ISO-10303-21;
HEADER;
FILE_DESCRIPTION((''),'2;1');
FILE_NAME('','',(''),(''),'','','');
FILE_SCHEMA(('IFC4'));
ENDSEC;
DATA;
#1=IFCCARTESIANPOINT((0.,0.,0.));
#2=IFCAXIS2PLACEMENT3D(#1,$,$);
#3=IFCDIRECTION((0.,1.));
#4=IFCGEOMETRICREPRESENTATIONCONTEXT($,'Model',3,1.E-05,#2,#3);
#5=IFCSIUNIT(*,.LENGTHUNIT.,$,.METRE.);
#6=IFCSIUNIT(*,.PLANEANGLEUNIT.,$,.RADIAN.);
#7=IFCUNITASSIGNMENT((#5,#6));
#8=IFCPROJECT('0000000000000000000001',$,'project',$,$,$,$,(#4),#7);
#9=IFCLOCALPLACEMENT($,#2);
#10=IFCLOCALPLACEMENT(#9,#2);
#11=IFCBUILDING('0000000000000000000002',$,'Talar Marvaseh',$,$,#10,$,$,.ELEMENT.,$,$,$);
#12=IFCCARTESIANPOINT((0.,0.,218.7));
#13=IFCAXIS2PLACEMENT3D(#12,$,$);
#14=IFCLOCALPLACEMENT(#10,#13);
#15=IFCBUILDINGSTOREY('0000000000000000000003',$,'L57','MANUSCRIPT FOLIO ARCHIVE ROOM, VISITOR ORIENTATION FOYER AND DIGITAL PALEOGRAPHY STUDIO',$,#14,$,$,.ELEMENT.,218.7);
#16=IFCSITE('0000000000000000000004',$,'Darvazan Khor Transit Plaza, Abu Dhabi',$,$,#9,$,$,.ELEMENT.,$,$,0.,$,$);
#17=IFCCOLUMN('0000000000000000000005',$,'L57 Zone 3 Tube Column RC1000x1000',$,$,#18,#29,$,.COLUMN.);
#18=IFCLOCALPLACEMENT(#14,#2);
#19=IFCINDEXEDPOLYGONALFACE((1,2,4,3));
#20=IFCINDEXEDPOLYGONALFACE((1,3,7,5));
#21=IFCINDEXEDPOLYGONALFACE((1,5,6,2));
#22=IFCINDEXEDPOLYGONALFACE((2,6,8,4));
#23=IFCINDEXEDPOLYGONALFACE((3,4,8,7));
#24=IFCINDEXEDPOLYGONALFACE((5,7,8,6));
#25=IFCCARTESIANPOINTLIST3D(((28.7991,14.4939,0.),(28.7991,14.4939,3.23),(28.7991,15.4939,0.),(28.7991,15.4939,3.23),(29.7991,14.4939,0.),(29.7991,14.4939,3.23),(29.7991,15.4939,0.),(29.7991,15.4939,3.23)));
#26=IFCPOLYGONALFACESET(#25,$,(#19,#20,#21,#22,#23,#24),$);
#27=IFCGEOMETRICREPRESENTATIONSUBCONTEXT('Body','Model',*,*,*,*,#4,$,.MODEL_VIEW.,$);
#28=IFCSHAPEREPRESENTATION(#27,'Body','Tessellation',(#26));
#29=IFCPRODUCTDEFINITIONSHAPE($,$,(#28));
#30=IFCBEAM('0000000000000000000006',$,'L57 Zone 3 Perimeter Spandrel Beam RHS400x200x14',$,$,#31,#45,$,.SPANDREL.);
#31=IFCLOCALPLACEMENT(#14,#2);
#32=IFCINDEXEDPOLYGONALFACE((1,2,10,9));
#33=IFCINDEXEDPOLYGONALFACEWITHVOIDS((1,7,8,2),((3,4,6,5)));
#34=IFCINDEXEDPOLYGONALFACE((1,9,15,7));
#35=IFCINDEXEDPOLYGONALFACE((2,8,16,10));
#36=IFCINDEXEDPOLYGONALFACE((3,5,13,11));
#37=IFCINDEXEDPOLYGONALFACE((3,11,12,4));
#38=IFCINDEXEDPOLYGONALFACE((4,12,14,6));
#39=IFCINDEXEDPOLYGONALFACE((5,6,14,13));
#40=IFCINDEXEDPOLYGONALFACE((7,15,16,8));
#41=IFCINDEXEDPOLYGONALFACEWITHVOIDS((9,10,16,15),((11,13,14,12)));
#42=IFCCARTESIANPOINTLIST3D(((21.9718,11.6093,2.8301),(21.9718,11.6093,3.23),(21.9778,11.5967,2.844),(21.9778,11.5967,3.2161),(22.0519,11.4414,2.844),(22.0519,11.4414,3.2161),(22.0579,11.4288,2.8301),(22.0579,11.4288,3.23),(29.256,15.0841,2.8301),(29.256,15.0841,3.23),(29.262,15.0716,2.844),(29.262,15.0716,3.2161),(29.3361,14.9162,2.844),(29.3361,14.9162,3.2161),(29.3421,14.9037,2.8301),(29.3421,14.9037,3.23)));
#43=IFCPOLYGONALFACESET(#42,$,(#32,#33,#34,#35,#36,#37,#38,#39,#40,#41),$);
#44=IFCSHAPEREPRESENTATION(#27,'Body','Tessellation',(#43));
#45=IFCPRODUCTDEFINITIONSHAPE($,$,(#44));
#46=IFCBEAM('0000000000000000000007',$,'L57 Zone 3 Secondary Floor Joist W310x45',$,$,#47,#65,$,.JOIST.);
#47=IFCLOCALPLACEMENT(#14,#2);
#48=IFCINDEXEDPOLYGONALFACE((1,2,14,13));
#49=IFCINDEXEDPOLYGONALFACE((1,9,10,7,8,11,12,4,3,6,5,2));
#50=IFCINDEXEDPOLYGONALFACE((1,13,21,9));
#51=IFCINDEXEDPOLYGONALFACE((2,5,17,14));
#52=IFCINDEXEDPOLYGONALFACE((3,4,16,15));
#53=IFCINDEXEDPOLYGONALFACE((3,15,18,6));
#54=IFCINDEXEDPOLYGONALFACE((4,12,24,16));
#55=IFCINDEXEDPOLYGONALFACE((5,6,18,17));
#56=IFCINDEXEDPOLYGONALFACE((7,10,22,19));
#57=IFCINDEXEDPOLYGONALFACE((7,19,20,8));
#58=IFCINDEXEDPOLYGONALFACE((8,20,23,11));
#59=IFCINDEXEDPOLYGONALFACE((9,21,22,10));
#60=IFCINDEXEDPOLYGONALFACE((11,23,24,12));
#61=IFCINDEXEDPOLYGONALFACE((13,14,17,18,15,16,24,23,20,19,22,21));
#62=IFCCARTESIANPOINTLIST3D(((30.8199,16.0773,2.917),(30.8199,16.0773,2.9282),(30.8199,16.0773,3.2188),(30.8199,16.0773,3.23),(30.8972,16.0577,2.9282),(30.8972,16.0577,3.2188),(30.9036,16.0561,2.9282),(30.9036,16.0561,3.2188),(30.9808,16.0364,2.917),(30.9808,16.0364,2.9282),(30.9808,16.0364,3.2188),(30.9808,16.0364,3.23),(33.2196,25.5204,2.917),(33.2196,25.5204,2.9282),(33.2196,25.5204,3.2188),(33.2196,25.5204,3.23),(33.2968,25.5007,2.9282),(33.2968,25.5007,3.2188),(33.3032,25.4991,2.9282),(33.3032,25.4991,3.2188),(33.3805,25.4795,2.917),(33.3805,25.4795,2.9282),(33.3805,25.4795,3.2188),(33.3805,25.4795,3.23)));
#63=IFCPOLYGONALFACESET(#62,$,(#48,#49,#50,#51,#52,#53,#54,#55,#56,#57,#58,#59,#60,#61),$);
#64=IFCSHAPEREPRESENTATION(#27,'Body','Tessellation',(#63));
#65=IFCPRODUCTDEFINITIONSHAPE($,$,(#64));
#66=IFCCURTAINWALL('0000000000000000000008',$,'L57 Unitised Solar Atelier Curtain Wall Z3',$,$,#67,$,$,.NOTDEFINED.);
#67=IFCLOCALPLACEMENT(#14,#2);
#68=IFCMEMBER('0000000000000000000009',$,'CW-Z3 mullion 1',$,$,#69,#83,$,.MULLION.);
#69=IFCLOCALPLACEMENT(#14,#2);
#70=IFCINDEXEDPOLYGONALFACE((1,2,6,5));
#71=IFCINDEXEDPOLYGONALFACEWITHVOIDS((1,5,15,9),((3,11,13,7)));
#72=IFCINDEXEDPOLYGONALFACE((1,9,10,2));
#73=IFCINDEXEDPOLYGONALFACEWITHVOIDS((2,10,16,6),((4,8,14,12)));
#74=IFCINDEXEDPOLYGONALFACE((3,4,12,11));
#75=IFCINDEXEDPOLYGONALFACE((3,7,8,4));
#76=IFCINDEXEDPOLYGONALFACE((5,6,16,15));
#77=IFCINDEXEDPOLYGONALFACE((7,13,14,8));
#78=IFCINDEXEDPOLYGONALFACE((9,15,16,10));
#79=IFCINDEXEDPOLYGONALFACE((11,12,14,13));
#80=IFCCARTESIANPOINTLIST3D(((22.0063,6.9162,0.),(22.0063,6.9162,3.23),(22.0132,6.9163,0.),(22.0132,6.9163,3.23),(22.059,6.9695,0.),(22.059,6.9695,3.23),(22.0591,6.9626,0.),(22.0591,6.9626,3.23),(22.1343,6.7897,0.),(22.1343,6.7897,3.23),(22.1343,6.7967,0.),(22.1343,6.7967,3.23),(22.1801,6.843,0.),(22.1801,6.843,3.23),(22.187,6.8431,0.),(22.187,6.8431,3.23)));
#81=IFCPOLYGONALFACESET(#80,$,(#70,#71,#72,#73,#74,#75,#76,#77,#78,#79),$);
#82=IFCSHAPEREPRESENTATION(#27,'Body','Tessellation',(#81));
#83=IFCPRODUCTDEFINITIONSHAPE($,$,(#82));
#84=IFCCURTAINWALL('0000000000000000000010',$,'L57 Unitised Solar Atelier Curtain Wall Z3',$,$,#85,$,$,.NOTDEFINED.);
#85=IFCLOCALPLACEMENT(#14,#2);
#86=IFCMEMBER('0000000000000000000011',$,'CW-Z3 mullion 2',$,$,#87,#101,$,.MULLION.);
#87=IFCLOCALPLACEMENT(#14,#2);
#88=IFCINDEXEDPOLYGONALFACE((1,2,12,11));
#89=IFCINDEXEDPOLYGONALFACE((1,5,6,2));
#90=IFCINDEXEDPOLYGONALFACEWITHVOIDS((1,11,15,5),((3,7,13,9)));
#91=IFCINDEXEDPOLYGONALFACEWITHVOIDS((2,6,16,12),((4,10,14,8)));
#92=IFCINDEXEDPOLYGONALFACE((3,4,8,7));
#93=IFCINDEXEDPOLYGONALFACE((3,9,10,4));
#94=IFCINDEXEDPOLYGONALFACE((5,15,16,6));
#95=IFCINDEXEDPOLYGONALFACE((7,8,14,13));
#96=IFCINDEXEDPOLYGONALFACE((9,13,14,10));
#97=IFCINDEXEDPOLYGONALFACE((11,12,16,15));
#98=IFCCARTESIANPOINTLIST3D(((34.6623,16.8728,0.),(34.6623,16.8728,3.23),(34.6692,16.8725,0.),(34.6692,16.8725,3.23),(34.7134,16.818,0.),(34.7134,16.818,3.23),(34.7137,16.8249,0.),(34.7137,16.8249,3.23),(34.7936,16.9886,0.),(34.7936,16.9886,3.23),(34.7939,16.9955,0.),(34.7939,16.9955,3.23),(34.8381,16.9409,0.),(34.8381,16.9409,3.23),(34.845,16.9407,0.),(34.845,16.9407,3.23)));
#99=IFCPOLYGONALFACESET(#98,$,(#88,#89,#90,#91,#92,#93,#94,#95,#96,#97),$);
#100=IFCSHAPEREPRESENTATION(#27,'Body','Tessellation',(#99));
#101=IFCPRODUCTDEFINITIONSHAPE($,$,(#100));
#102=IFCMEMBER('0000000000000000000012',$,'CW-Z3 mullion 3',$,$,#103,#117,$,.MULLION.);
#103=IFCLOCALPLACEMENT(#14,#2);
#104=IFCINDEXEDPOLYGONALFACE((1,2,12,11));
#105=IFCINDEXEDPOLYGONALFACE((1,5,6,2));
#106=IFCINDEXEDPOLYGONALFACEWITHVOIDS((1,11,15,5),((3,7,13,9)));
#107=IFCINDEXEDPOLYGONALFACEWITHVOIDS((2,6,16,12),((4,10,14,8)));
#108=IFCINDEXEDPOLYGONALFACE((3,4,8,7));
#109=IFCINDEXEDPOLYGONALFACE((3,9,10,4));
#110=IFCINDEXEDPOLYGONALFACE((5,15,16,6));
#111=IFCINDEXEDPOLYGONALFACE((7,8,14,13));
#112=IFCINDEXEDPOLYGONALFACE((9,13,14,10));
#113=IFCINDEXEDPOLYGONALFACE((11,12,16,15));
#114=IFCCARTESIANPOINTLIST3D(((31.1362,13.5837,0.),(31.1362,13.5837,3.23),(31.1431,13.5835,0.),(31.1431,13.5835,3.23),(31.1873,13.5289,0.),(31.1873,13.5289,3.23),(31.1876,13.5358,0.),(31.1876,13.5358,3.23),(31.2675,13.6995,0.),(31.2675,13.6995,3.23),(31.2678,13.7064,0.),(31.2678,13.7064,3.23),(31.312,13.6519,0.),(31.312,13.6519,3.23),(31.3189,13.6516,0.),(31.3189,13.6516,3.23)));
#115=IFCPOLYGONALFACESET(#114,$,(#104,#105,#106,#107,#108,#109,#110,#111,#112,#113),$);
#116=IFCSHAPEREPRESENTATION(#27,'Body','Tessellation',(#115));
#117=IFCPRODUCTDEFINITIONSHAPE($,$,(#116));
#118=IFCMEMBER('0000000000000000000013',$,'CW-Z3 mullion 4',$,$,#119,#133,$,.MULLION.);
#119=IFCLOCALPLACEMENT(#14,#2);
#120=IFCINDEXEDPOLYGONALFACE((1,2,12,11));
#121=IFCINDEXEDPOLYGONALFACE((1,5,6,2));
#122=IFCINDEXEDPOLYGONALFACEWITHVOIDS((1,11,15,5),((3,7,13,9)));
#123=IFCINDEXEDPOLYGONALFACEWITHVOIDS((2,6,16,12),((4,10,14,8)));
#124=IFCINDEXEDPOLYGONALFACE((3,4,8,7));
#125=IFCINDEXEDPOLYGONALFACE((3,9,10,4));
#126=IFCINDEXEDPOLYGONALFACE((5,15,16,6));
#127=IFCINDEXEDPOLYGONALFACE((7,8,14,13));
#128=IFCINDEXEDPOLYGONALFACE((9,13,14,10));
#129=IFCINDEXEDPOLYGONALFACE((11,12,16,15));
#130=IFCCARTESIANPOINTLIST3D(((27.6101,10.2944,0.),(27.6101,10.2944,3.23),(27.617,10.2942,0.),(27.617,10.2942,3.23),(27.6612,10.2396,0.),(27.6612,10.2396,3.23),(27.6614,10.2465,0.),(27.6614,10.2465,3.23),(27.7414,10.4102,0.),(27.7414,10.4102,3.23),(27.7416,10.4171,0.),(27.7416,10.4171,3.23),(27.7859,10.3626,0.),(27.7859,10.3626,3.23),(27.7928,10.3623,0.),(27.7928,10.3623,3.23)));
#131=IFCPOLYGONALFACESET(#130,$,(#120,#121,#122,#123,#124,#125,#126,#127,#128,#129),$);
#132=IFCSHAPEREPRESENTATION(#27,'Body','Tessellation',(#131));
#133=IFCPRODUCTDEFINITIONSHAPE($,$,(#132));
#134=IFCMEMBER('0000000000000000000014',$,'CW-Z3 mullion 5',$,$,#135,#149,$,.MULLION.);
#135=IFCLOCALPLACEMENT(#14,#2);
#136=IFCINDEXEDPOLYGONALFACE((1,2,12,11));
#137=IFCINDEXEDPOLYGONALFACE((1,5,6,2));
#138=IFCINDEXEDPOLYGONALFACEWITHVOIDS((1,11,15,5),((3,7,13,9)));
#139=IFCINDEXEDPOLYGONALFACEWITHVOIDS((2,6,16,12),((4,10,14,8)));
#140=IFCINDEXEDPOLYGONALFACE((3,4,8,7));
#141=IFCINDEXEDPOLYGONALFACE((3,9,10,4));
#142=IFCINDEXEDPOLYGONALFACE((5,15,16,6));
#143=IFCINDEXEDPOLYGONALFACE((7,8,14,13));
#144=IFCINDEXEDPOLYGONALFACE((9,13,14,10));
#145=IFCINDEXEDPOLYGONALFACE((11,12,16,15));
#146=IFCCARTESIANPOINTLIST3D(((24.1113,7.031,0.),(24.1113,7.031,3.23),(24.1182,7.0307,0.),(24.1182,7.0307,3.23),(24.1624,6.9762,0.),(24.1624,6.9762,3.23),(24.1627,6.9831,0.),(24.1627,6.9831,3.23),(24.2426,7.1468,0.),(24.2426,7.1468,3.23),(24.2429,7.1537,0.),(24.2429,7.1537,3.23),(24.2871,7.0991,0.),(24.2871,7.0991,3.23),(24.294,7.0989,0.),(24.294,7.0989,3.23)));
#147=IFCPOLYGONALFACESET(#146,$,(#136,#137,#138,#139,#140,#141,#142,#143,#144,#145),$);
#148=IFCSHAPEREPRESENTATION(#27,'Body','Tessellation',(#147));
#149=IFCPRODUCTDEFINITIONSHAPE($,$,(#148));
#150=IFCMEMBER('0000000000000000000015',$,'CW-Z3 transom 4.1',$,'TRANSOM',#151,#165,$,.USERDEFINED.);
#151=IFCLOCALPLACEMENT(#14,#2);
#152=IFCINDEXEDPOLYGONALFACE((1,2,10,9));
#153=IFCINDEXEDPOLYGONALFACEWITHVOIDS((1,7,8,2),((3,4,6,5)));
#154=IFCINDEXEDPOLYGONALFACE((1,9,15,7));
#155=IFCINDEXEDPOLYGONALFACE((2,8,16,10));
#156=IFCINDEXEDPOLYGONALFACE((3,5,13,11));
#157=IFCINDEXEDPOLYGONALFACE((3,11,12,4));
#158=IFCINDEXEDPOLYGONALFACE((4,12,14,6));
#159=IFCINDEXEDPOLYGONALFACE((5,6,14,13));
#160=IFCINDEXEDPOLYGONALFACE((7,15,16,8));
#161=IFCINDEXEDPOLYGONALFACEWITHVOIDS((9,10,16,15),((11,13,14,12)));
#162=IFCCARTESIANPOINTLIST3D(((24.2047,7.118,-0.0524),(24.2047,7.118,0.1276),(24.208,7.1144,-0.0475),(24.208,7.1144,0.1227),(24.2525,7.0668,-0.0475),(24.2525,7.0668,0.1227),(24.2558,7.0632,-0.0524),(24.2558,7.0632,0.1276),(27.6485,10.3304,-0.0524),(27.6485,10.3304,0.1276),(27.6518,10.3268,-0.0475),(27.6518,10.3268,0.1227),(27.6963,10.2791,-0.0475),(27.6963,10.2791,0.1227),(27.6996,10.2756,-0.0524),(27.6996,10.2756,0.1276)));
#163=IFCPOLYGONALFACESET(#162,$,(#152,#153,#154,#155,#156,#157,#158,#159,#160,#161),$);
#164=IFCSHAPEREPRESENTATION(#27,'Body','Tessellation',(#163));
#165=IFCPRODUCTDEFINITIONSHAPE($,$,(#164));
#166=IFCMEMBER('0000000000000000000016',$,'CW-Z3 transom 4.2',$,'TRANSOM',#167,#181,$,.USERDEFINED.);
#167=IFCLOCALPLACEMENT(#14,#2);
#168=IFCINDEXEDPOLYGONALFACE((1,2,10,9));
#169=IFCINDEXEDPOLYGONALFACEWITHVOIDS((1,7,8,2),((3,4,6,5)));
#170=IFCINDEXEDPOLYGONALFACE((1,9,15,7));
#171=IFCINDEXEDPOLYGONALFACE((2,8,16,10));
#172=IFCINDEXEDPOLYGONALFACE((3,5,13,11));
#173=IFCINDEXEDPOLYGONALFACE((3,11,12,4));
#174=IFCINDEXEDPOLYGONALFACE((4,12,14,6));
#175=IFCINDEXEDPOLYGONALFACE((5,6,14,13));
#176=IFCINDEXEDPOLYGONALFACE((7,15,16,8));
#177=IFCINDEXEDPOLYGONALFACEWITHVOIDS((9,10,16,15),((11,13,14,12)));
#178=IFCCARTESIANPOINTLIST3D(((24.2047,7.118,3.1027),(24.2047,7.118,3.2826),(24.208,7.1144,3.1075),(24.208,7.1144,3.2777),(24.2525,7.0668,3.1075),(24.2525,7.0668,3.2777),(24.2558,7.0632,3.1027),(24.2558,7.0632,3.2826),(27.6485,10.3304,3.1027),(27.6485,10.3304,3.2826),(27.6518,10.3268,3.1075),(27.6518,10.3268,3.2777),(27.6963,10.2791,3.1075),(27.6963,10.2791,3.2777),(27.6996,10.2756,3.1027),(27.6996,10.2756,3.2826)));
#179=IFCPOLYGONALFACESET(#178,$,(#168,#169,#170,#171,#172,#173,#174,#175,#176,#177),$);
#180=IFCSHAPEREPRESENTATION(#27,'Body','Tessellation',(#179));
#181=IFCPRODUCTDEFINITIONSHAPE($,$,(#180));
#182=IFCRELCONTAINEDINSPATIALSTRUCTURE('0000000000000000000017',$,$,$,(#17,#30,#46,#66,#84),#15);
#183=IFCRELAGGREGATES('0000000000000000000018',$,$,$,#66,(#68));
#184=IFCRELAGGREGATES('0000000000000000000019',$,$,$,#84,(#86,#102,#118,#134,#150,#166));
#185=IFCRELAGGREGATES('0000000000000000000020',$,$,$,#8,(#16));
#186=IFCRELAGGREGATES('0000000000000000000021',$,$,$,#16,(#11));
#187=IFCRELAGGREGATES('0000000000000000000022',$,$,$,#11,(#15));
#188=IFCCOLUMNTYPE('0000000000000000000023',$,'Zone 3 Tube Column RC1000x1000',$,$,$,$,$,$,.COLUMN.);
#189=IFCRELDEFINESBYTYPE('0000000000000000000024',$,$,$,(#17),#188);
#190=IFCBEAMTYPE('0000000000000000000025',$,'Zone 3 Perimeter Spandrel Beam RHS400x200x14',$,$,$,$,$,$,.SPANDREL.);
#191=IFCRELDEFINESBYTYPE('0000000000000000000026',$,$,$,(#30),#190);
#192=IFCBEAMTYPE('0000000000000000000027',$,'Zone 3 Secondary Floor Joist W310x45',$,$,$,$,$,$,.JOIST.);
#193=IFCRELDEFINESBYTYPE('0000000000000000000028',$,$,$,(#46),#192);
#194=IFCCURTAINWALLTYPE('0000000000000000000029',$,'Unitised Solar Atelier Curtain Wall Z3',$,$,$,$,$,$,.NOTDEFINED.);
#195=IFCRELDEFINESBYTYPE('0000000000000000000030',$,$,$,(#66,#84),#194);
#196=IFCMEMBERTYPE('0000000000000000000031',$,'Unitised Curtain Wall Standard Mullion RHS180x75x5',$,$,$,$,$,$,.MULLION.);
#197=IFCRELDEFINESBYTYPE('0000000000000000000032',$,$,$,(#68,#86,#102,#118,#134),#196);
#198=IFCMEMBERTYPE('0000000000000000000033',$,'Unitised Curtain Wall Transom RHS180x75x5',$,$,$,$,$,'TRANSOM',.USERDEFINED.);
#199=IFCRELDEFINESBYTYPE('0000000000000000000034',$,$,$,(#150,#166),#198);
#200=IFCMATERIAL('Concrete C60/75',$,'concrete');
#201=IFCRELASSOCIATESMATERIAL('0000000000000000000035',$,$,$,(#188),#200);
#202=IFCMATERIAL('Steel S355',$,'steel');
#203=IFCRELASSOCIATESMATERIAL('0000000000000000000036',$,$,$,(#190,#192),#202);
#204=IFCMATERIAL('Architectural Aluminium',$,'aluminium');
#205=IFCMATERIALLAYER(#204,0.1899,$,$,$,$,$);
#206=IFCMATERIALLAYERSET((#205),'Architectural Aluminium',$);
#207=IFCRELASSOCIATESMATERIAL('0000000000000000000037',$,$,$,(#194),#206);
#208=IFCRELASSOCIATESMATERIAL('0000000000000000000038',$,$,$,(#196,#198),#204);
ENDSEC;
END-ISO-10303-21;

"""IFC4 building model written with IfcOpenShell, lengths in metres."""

from ifc_helpers import new_model, si_unit, direction, frame, origin, origin_2d, place, context, subcontext, project, spatial, rectangle, hollow_rectangle, i_section, extrude, source, transform, mapped, material, layer, layer_set, material_profile, profile_set, type_object, type_shapes, element, aggregate, save


model = new_model("IFC4")

# Units and contexts
model_context = context("Model", 3, precision=1e-05, world=origin(), true_north=direction((0.0, 1.0)))
body_context = subcontext(model_context, "Body", "Model", "MODEL_VIEW")
ifc_project = project(units=[si_unit("LENGTHUNIT", "METRE"), si_unit("PLANEANGLEUNIT", "RADIAN")], contexts=[model_context])

# Site, building, storey
site_placement = place(None, origin())
site = spatial("IfcSite", under=ifc_project, at=site_placement, Name="Darvazan Khor Transit Plaza, Abu Dhabi", CompositionType="ELEMENT", RefElevation=0.0)
building_placement = place(site_placement, origin())
building = spatial("IfcBuilding", under=site, at=building_placement, Name="Talar Marvaseh", CompositionType="ELEMENT")
storey_placement = place(building_placement, frame((0.0, 0.0, 218.7)))
storey = spatial("IfcBuildingStorey", under=building, at=storey_placement, Name="L57", Description="MANUSCRIPT FOLIO ARCHIVE ROOM, VISITOR ORIENTATION FOYER AND DIGITAL PALEOGRAPHY STUDIO", CompositionType="ELEMENT", Elevation=218.7)

# Column
ifc_material_1 = material(Name="Concrete C60/75", Category="concrete")
ifc_material_profile_1 = material_profile(ifc_material_1, rectangle(XDim=1.0, YDim=1.0, at=origin_2d()), Name="RC1000x1000")
ifc_profile_set_1 = profile_set([ifc_material_profile_1], Name="Concrete C60/75")
column_type = type_object("IfcColumnType", Name="Zone 3 Tube Column RC1000x1000", PredefinedType="COLUMN", material=ifc_profile_set_1)
column_placement = place(storey_placement, frame((29.2991, 14.9939, 0.0), z_axis=(0.0, 0.0, 1.0), x_axis=(1.0, 0.0, 0.0)))
element("IfcColumn", 1, at=column_placement, inside=storey, type_object=column_type, Name="L57 Zone 3 Tube Column RC1000x1000", PredefinedType="COLUMN", context=body_context, shape_type="SweptSolid", body=[
    extrude(rectangle(XDim=1.0, YDim=1.0, at=origin_2d()), origin(), (0.0, 0.0, 1.0), 3.23),
])

# Beams
ifc_material_2 = material(Name="Steel S355", Category="steel")
ifc_material_profile_2 = material_profile(ifc_material_2, hollow_rectangle(XDim=0.2, YDim=0.3999, WallThickness=0.0139, at=origin_2d()), Name="RHS400x200x14")
ifc_profile_set_2 = profile_set([ifc_material_profile_2], Name="Steel S355")
beam_type_1 = type_object("IfcBeamType", Name="Zone 3 Perimeter Spandrel Beam RHS400x200x14", PredefinedType="SPANDREL", material=ifc_profile_set_2)
beam_1_placement = place(storey_placement, frame((29.2991, 14.9939, 3.03), z_axis=(-0.902562, -0.430559, 0.0), x_axis=(0.430559, -0.902562, 0.0)))
element("IfcBeam", 2, at=beam_1_placement, inside=storey, type_object=beam_type_1, Name="L57 Zone 3 Perimeter Spandrel Beam RHS400x200x14", PredefinedType="SPANDREL", context=body_context, shape_type="SweptSolid", body=[
    extrude(hollow_rectangle(XDim=0.2, YDim=0.3999, WallThickness=0.0139, at=origin_2d()), origin(), (0.0, 0.0, 1.0), 8.0706),
])
ifc_material_profile_3 = material_profile(ifc_material_2, i_section(OverallWidth=0.166, OverallDepth=0.313, WebThickness=0.0066, FlangeThickness=0.0112, at=origin_2d()), Name="W310x45")
ifc_profile_set_3 = profile_set([ifc_material_profile_3], Name="Steel S355")
beam_type_2 = type_object("IfcBeamType", Name="Zone 3 Secondary Floor Joist W310x45", PredefinedType="JOIST", material=ifc_profile_set_3)
beam_2_placement = place(storey_placement, frame((30.9004, 16.0569, 3.0735), z_axis=(0.246289, 0.969196, 0.0), x_axis=(-0.969196, 0.246289, 0.0)))
element("IfcBeam", 3, at=beam_2_placement, inside=storey, type_object=beam_type_2, Name="L57 Zone 3 Secondary Floor Joist W310x45", PredefinedType="JOIST", context=body_context, shape_type="SweptSolid", body=[
    extrude(i_section(OverallWidth=0.166, OverallDepth=0.313, WebThickness=0.0066, FlangeThickness=0.0112, at=origin_2d()), origin(), (0.0, 0.0, 1.0), 9.7432),
])

# Curtain wall, member
ifc_material_3 = material(Name="Architectural Aluminium", Category="aluminium")
ifc_layer_1 = layer(ifc_material_3, 0.1899)
ifc_layer_set_1 = layer_set([ifc_layer_1], Name="Architectural Aluminium")
curtain_wall_type = type_object("IfcCurtainWallType", Name="Unitised Solar Atelier Curtain Wall Z3", PredefinedType="NOTDEFINED", material=ifc_layer_set_1)
curtain_wall_1_placement = place(storey_placement, origin())
curtain_wall_1 = element("IfcCurtainWall", 4, at=curtain_wall_1_placement, inside=storey, type_object=curtain_wall_type, Name="L57 Unitised Solar Atelier Curtain Wall Z3", PredefinedType="NOTDEFINED")
ifc_material_profile_4 = material_profile(ifc_material_3, hollow_rectangle(XDim=0.075, YDim=0.1799, WallThickness=0.0049, at=origin_2d()), Name="RHS180x75x5")
ifc_profile_set_4 = profile_set([ifc_material_profile_4], Name="Architectural Aluminium")
member_type_1 = type_object("IfcMemberType", Name="Unitised Curtain Wall Standard Mullion RHS180x75x5", PredefinedType="MULLION", material=ifc_profile_set_4)
shared_shape_1 = source(origin(), body_context, "Body", "SweptSolid", [
    extrude(hollow_rectangle(XDim=0.075, YDim=0.1799, WallThickness=0.0049, at=origin_2d()), origin(), (0.0, 0.0, 1.0), 3.23),
])
type_shapes(member_type_1, [shared_shape_1])
member_1_placement = place(storey_placement, frame((22.0967, 6.8796, 0.0), z_axis=(0.0, 0.0, 1.0), x_axis=(-0.702824, -0.711364, 0.0)))
member_1 = element("IfcMember", 5, at=member_1_placement, type_object=member_type_1, Name="CW-Z3 mullion 1", PredefinedType="MULLION", context=body_context, shape_type="MappedRepresentation", body=[
    mapped(shared_shape_1, transform((0.0, 0.0, 0.0), x_axis=(1.0, 0.0, 0.0), y_axis=(0.0, 1.0, 0.0), z_axis=(0.0, 0.0, 1.0), scale=1.0)),
])
aggregate(curtain_wall_1, [member_1])

# Curtain wall, members
curtain_wall_2_placement = place(storey_placement, origin())
curtain_wall_2 = element("IfcCurtainWall", 6, at=curtain_wall_2_placement, inside=storey, type_object=curtain_wall_type, Name="L57 Unitised Solar Atelier Curtain Wall Z3", PredefinedType="NOTDEFINED")
member_2_placement = place(storey_placement, frame((34.7537, 16.9067, 0.0), z_axis=(0.0, 0.0, 1.0), x_axis=(0.68211, -0.731249, 0.0)))
member_2 = element("IfcMember", 7, at=member_2_placement, type_object=member_type_1, Name="CW-Z3 mullion 2", PredefinedType="MULLION", context=body_context, shape_type="MappedRepresentation", body=[
    mapped(shared_shape_1, transform((0.0, 0.0, 0.0), x_axis=(1.0, 0.0, 0.0), y_axis=(0.0, 1.0, 0.0), z_axis=(0.0, 0.0, 1.0), scale=1.0)),
])
member_3_placement = place(storey_placement, frame((31.2275, 13.6177, 0.0), z_axis=(0.0, 0.0, 1.0), x_axis=(0.68211, -0.731249, 0.0)))
member_3 = element("IfcMember", 8, at=member_3_placement, type_object=member_type_1, Name="CW-Z3 mullion 3", PredefinedType="MULLION", context=body_context, shape_type="MappedRepresentation", body=[
    mapped(shared_shape_1, transform((0.0, 0.0, 0.0), x_axis=(1.0, 0.0, 0.0), y_axis=(0.0, 1.0, 0.0), z_axis=(0.0, 0.0, 1.0), scale=1.0)),
])
member_4_placement = place(storey_placement, frame((27.7014, 10.3284, 0.0), z_axis=(0.0, 0.0, 1.0), x_axis=(0.68211, -0.731249, 0.0)))
member_4 = element("IfcMember", 9, at=member_4_placement, type_object=member_type_1, Name="CW-Z3 mullion 4", PredefinedType="MULLION", context=body_context, shape_type="MappedRepresentation", body=[
    mapped(shared_shape_1, transform((0.0, 0.0, 0.0), x_axis=(1.0, 0.0, 0.0), y_axis=(0.0, 1.0, 0.0), z_axis=(0.0, 0.0, 1.0), scale=1.0)),
])
member_5_placement = place(storey_placement, frame((24.2026, 7.0649, 0.0), z_axis=(0.0, 0.0, 1.0), x_axis=(0.68211, -0.731249, 0.0)))
member_5 = element("IfcMember", 10, at=member_5_placement, type_object=member_type_1, Name="CW-Z3 mullion 5", PredefinedType="MULLION", context=body_context, shape_type="MappedRepresentation", body=[
    mapped(shared_shape_1, transform((0.0, 0.0, 0.0), x_axis=(1.0, 0.0, 0.0), y_axis=(0.0, 1.0, 0.0), z_axis=(0.0, 0.0, 1.0), scale=1.0)),
])
ifc_material_profile_5 = material_profile(ifc_material_3, hollow_rectangle(XDim=0.075, YDim=0.1799, WallThickness=0.0049, at=origin_2d()), Name="RHS180x75x5")
ifc_profile_set_5 = profile_set([ifc_material_profile_5], Name="Architectural Aluminium")
member_type_2 = type_object("IfcMemberType", Name="Unitised Curtain Wall Transom RHS180x75x5", ElementType="TRANSOM", PredefinedType="USERDEFINED", material=ifc_profile_set_5)
shared_shape_2 = source(origin(), body_context, "Body", "SweptSolid", [
    extrude(hollow_rectangle(XDim=0.075, YDim=0.1799, WallThickness=0.0049, at=origin_2d()), origin(), (0.0, 0.0, 1.0), 4.7095),
])
member_6_placement = place(storey_placement, frame((27.6741, 10.303, 0.0376), z_axis=(-0.731252, -0.682108, 0.0), x_axis=(0.682108, -0.731252, 0.0)))
member_6 = element("IfcMember", 11, at=member_6_placement, type_object=member_type_2, Name="CW-Z3 transom 4.1", ObjectType="TRANSOM", PredefinedType="USERDEFINED", context=body_context, shape_type="MappedRepresentation", body=[
    mapped(shared_shape_2, transform((0.0, 0.0, 0.0), x_axis=(1.0, 0.0, 0.0), y_axis=(0.0, 1.0, 0.0), z_axis=(0.0, 0.0, 1.0), scale=1.0)),
])
member_7_placement = place(storey_placement, frame((27.6741, 10.303, 3.1926), z_axis=(-0.731252, -0.682108, 0.0), x_axis=(0.682108, -0.731252, 0.0)))
member_7 = element("IfcMember", 12, at=member_7_placement, type_object=member_type_2, Name="CW-Z3 transom 4.2", ObjectType="TRANSOM", PredefinedType="USERDEFINED", context=body_context, shape_type="MappedRepresentation", body=[
    mapped(shared_shape_2, transform((0.0, 0.0, 0.0), x_axis=(1.0, 0.0, 0.0), y_axis=(0.0, 1.0, 0.0), z_axis=(0.0, 0.0, 1.0), scale=1.0)),
])
aggregate(curtain_wall_2, [member_2, member_3, member_4, member_5, member_6, member_7])

save(model, "model.ifc")
